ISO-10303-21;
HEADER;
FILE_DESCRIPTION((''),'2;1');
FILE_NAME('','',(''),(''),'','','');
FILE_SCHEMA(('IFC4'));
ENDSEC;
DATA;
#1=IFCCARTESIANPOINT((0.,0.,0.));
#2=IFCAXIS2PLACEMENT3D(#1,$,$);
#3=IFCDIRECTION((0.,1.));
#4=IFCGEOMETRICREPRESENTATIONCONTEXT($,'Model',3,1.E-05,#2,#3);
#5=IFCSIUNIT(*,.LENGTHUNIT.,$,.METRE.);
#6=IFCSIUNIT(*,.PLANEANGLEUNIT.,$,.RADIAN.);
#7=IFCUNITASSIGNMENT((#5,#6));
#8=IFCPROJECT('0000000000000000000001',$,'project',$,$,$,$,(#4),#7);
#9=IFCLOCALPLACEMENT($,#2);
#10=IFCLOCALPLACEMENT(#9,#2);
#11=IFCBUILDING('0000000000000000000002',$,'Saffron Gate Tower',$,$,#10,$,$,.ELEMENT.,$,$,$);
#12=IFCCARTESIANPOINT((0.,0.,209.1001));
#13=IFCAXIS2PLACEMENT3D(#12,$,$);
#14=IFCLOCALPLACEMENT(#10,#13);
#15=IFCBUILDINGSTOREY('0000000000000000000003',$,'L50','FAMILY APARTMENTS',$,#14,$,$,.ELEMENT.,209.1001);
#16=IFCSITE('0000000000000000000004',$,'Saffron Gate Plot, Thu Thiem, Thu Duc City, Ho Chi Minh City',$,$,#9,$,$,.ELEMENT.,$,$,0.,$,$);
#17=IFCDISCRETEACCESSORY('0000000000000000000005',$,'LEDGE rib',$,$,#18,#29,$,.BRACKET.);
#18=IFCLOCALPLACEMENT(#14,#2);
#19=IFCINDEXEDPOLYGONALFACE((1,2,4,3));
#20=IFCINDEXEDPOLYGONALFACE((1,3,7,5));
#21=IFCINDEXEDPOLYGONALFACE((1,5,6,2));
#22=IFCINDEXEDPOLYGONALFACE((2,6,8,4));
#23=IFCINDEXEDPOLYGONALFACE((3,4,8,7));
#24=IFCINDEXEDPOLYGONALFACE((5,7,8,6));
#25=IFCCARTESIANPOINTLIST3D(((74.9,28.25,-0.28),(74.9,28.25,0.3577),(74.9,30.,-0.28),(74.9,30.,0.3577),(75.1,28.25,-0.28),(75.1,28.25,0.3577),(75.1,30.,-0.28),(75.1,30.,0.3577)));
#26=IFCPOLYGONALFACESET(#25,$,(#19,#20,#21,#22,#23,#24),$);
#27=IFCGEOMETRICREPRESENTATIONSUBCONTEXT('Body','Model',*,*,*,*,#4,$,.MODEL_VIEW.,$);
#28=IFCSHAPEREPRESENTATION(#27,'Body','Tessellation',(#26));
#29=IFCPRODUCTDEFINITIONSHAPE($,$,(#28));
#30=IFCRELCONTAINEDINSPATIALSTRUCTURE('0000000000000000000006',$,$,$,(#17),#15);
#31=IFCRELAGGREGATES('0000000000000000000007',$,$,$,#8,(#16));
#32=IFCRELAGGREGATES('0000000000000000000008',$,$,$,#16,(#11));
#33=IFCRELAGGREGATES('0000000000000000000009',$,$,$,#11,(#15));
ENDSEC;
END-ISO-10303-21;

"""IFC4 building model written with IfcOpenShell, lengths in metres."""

from ifc_helpers import new_model, si_unit, direction, frame, origin, origin_2d, place, context, subcontext, project, spatial, rectangle, extrude, element, save


model = new_model("IFC4")

# Units and contexts
model_context = context("Model", 3, precision=1e-05, world=origin(), true_north=direction((0.0, 1.0)))
body_context = subcontext(model_context, "Body", "Model", "MODEL_VIEW")
ifc_project = project(units=[si_unit("LENGTHUNIT", "METRE"), si_unit("PLANEANGLEUNIT", "RADIAN")], contexts=[model_context])

# Site, building, storey
site_placement = place(None, origin())
site = spatial("IfcSite", under=ifc_project, at=site_placement, Name="Saffron Gate Plot, Thu Thiem, Thu Duc City, Ho Chi Minh City", CompositionType="ELEMENT", RefElevation=0.0)
building_placement = place(site_placement, origin())
building = spatial("IfcBuilding", under=site, at=building_placement, Name="Saffron Gate Tower", CompositionType="ELEMENT")
storey_placement = place(building_placement, frame((0.0, 0.0, 209.1001)))
storey = spatial("IfcBuildingStorey", under=building, at=storey_placement, Name="L50", Description="FAMILY APARTMENTS", CompositionType="ELEMENT", Elevation=209.1001)

# Discrete accessory
discrete_accessory_placement = place(storey_placement, frame((75.0, 29.125, -0.28), z_axis=(0.0, 0.0, 1.0), x_axis=(1.0, 0.0, 0.0)))
element("IfcDiscreteAccessory", 1, at=discrete_accessory_placement, inside=storey, Name="LEDGE rib", PredefinedType="BRACKET", context=body_context, shape_type="SweptSolid", body=[
    extrude(rectangle(XDim=0.2, YDim=1.75, at=origin_2d()), origin(), (0.0, 0.0, 1.0), 0.6377),
])

save(model, "model.ifc")
